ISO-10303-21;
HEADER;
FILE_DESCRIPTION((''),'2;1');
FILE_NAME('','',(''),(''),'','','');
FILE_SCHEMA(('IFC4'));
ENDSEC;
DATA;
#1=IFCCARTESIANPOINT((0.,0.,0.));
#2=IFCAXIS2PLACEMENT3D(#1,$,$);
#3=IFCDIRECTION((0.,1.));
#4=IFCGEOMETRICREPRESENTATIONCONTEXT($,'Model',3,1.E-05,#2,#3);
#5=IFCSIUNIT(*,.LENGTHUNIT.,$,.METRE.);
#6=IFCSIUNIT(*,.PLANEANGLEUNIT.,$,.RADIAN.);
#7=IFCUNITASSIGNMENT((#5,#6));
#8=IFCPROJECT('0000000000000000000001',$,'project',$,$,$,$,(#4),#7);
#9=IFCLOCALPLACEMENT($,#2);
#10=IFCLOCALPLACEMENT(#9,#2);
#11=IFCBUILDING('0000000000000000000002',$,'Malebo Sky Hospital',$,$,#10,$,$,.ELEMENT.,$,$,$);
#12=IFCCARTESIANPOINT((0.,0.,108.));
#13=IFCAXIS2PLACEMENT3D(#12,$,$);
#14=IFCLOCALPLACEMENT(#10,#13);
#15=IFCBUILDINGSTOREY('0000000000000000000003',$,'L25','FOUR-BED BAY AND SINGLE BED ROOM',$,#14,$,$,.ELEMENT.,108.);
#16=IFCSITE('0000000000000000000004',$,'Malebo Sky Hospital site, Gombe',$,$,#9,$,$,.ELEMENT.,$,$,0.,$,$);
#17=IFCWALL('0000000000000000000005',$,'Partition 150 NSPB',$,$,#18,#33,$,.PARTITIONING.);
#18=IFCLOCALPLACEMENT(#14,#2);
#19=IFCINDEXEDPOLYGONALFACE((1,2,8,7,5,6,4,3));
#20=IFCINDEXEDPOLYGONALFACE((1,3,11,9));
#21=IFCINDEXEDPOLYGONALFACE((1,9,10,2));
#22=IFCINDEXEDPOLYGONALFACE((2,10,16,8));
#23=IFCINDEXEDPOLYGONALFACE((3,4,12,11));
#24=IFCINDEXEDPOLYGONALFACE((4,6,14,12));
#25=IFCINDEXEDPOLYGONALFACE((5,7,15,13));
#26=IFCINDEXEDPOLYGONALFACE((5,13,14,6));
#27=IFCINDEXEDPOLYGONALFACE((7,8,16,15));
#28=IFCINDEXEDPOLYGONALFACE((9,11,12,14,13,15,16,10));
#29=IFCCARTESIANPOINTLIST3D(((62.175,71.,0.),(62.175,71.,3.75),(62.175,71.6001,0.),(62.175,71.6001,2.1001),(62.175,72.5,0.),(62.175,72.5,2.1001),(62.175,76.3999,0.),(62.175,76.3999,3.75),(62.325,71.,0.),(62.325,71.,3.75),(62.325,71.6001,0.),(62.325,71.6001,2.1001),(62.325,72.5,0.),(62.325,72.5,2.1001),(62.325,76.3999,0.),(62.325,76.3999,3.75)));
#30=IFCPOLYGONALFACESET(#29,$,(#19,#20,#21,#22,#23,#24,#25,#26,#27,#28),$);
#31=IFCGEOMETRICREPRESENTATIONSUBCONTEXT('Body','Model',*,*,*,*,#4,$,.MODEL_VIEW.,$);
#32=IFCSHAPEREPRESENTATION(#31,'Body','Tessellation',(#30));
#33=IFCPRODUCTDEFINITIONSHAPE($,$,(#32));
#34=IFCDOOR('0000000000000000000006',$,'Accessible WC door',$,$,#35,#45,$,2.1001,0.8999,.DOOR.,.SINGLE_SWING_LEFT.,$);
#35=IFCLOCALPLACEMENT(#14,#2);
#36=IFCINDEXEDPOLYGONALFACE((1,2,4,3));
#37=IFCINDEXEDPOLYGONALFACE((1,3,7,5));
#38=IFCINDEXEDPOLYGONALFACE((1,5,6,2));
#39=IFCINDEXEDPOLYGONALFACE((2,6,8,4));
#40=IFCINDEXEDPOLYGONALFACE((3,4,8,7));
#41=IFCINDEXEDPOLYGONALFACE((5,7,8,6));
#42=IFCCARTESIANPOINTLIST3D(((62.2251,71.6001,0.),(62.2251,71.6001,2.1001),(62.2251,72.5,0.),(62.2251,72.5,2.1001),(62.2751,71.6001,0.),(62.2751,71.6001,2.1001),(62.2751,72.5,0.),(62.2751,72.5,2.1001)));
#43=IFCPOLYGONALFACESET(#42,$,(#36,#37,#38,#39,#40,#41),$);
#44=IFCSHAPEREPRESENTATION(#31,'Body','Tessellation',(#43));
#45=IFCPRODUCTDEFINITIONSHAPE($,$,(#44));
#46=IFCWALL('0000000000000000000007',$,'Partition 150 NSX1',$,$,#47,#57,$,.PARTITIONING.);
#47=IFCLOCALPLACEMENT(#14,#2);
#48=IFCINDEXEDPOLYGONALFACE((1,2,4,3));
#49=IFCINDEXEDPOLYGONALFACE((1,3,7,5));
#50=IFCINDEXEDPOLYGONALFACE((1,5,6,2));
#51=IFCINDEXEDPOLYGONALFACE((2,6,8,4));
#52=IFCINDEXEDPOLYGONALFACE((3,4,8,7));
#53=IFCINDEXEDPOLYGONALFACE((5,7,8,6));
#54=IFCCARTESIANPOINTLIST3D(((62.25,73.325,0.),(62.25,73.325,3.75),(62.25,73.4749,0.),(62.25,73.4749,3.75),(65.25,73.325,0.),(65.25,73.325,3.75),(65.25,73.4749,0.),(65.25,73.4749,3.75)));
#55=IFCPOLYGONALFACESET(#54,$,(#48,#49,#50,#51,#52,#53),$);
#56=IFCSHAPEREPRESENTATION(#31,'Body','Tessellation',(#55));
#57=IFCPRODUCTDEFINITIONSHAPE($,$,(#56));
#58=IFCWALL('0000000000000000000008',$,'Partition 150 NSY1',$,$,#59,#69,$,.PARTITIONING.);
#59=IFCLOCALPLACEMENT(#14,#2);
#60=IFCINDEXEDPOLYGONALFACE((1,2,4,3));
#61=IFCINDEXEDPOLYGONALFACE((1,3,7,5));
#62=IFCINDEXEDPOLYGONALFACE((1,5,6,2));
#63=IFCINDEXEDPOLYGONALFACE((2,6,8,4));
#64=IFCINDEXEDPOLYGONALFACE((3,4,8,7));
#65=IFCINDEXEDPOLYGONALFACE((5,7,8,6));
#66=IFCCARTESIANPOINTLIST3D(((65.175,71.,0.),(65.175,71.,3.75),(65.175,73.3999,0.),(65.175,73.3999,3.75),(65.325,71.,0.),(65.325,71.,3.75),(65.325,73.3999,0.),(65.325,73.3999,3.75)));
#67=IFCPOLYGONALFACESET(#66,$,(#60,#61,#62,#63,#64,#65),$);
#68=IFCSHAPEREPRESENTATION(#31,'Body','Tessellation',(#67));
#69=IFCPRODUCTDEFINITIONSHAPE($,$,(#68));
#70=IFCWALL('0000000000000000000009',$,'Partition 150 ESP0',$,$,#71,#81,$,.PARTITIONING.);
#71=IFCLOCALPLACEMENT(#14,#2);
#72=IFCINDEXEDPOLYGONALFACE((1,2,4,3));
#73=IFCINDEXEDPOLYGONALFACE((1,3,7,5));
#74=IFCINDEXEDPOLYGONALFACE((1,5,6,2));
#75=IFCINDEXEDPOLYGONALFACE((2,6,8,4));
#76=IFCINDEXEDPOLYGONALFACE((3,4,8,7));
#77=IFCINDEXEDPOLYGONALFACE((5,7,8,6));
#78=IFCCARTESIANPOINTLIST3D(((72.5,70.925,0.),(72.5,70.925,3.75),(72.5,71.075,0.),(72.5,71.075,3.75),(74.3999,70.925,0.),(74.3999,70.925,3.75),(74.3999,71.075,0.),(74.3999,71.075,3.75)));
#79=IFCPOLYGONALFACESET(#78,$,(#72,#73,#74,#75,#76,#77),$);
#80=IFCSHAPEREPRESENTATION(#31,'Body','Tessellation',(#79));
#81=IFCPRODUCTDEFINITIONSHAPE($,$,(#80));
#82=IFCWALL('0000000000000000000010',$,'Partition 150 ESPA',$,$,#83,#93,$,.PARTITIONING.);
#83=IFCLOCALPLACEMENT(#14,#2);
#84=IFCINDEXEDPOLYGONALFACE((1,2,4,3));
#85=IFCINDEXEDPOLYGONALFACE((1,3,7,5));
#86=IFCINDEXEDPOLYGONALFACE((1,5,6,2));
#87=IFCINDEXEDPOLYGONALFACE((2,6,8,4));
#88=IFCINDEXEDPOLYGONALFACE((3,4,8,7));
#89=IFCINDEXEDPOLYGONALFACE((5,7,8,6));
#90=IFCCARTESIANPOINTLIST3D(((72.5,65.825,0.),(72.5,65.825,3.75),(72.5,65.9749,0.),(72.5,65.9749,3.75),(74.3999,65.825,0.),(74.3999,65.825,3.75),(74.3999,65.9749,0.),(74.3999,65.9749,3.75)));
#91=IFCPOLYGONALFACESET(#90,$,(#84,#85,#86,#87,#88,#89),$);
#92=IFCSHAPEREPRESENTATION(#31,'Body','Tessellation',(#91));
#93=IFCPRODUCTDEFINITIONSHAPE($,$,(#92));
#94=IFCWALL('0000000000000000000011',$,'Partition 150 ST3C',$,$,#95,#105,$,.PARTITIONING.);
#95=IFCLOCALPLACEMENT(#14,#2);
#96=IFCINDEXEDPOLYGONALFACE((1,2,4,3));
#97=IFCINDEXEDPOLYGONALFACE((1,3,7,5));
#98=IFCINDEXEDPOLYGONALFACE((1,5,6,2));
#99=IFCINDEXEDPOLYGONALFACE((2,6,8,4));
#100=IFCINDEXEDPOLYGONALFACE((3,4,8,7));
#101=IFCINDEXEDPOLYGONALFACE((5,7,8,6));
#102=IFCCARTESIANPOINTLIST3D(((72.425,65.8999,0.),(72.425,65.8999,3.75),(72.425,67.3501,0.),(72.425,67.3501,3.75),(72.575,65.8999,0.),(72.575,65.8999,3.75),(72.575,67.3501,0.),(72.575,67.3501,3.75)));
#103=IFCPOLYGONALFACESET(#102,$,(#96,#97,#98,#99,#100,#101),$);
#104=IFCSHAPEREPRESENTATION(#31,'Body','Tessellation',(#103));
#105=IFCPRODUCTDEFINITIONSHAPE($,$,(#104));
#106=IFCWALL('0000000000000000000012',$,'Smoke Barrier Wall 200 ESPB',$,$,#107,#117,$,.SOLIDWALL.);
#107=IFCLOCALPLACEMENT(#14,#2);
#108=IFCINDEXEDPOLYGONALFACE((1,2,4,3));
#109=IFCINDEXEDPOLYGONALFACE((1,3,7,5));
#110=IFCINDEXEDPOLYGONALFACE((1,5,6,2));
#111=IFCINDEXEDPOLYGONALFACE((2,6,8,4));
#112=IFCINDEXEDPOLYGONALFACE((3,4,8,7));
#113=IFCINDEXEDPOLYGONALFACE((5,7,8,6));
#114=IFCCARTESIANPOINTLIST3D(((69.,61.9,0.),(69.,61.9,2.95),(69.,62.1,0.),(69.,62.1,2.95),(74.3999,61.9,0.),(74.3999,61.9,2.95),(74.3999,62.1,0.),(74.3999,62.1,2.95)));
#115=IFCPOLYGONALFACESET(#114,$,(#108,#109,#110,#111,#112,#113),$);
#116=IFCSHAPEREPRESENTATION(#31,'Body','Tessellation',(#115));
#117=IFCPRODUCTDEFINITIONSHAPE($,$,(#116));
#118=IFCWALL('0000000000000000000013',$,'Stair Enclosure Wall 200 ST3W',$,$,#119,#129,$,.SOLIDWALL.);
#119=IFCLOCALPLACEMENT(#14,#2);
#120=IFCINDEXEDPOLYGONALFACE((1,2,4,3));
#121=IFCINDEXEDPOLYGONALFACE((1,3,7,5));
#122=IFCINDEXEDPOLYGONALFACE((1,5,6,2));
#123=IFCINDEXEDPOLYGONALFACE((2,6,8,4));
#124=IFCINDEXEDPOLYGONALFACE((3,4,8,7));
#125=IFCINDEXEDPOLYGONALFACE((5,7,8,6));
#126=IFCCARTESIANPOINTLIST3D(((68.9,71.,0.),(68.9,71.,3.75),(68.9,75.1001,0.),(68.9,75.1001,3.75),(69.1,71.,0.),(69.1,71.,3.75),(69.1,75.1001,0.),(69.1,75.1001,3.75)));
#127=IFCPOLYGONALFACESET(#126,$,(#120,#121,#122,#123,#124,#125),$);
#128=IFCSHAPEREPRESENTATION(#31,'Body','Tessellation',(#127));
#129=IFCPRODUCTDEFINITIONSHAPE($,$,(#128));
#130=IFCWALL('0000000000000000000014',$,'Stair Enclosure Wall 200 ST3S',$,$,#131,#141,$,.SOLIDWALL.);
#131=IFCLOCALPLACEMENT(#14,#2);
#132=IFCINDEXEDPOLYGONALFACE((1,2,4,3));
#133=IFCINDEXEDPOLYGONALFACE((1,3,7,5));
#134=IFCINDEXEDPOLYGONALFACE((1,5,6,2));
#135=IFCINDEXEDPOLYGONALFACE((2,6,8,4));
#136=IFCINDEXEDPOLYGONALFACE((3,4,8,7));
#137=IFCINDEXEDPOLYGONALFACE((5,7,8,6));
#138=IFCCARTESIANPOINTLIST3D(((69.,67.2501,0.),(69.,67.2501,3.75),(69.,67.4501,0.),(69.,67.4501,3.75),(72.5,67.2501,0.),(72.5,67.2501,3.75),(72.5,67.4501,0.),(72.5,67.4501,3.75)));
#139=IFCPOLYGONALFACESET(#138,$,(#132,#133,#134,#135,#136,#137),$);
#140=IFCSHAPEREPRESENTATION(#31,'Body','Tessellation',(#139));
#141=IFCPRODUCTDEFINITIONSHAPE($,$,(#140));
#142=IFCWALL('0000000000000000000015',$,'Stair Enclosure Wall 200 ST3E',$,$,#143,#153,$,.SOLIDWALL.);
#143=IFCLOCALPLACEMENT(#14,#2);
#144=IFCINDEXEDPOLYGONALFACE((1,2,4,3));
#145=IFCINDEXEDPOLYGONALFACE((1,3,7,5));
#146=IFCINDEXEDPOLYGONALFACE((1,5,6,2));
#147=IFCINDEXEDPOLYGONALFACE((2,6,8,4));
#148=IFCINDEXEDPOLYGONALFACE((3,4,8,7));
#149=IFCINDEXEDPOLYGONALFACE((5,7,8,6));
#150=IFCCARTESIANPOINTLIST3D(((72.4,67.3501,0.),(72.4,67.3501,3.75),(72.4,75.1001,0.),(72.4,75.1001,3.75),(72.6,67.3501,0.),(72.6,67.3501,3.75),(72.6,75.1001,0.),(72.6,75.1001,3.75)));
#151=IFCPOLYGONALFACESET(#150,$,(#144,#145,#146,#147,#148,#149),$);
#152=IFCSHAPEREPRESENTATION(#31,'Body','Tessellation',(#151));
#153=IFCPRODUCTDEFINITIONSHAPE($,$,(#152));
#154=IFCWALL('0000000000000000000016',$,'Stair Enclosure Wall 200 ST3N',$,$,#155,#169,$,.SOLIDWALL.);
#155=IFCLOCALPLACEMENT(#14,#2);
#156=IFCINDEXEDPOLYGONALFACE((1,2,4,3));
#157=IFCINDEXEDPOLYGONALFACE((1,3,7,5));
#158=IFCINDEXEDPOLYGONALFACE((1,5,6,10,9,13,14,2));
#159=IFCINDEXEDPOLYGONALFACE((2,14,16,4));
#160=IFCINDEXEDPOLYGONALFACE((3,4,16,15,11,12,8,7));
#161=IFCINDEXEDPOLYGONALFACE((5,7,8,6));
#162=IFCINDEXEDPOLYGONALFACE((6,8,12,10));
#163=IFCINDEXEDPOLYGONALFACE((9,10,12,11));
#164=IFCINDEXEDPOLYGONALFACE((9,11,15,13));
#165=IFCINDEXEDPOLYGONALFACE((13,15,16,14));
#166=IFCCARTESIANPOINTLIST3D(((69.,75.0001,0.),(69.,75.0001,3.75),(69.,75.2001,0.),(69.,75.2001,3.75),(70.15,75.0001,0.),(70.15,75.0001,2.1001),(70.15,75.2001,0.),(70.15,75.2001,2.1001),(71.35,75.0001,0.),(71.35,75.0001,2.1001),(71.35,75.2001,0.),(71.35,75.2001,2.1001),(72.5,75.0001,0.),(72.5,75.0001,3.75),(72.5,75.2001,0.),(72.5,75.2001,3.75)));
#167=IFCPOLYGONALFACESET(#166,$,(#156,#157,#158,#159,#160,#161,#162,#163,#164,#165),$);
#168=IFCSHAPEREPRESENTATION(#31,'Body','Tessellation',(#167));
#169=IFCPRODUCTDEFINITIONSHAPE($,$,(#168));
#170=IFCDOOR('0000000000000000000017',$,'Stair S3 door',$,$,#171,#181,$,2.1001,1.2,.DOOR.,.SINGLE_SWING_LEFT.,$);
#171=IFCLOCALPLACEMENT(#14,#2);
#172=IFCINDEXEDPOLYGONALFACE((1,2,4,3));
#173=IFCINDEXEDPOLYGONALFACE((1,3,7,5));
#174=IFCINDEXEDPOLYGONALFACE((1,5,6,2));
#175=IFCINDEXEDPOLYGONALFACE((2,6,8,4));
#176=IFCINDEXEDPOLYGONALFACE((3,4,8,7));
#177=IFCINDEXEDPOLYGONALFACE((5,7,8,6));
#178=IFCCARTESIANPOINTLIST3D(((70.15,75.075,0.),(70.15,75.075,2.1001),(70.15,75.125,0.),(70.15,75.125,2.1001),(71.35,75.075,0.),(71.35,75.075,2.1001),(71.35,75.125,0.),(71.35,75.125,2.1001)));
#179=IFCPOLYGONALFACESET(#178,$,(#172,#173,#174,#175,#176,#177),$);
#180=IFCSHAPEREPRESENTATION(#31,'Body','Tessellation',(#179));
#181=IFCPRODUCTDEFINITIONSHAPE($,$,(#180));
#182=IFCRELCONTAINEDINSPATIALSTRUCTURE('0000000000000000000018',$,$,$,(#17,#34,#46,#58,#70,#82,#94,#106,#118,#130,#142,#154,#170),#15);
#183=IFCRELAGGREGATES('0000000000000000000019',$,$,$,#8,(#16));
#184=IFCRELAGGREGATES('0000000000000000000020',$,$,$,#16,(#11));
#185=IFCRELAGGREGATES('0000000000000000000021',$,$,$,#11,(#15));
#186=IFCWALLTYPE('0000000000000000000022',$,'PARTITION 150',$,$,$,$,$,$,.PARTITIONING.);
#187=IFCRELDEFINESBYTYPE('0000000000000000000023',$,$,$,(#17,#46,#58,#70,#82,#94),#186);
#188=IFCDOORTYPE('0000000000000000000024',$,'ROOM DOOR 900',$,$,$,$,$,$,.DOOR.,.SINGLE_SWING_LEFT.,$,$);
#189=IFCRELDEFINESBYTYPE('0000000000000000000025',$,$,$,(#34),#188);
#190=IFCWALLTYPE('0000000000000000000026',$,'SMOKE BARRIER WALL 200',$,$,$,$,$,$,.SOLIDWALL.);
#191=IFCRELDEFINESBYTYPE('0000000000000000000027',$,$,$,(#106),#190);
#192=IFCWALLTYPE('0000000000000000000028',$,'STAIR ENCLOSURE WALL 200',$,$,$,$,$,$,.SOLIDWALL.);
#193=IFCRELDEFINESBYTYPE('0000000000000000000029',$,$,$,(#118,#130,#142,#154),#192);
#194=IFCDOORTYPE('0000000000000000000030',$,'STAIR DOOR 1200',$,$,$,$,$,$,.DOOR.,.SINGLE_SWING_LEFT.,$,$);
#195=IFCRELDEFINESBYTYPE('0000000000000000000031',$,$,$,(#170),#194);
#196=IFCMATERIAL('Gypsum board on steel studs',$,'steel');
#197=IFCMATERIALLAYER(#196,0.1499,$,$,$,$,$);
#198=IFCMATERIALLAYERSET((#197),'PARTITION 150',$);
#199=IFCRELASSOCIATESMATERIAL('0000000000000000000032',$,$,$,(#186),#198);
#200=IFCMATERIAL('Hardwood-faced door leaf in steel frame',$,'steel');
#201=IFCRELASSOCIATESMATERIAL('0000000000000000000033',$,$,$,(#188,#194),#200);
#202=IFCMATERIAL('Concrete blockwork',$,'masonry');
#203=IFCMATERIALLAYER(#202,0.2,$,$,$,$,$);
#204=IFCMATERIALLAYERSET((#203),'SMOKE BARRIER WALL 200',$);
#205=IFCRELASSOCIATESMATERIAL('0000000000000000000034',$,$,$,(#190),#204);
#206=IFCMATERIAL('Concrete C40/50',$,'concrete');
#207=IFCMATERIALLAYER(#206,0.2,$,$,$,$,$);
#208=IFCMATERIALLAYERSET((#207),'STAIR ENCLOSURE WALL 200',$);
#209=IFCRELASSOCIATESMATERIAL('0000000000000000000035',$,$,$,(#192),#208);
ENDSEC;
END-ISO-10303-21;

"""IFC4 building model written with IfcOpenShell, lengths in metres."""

from ifc_helpers import new_model, si_unit, direction, frame, frame_2d, origin, place, context, subcontext, project, spatial, rectangle, extrude, material, layer, layer_set, type_object, element, fill, save


model = new_model("IFC4")

# Units and contexts
model_context = context("Model", 3, precision=1e-05, world=origin(), true_north=direction((0.0, 1.0)))
body_context = subcontext(model_context, "Body", "Model", "MODEL_VIEW")
ifc_project = project(units=[si_unit("LENGTHUNIT", "METRE"), si_unit("PLANEANGLEUNIT", "RADIAN")], contexts=[model_context])

# Site, building, storey
site_placement = place(None, origin())
site = spatial("IfcSite", under=ifc_project, at=site_placement, Name="Malebo Sky Hospital site, Gombe", CompositionType="ELEMENT", RefElevation=0.0)
building_placement = place(site_placement, origin())
building = spatial("IfcBuilding", under=site, at=building_placement, Name="Malebo Sky Hospital", CompositionType="ELEMENT")
storey_placement = place(building_placement, frame((0.0, 0.0, 108.0)))
storey = spatial("IfcBuildingStorey", under=building, at=storey_placement, Name="L25", Description="FOUR-BED BAY AND SINGLE BED ROOM", CompositionType="ELEMENT", Elevation=108.0)

# Shared definitions
ifc_material_1 = material(Name="Gypsum board on steel studs", Category="steel")

# Wall, opening, door
ifc_layer_1 = layer(ifc_material_1, 0.1499)
ifc_layer_set_1 = layer_set([ifc_layer_1], Name="PARTITION 150")
wall_type_1 = type_object("IfcWallType", Name="PARTITION 150", PredefinedType="PARTITIONING", material=ifc_layer_set_1)
wall_1_placement = place(storey_placement, frame((62.25, 71.0, 0.0), z_axis=(0.0, 0.0, 1.0), x_axis=(0.0, 1.0, 0.0)))
wall_1 = element("IfcWall", 1, at=wall_1_placement, inside=storey, type_object=wall_type_1, Name="Partition 150 NSPB", PredefinedType="PARTITIONING", context=body_context, shape_type="SweptSolid", body=[
    extrude(rectangle(XDim=5.3999, YDim=0.1499, at=frame_2d((2.7, 0.0))), origin(), (0.0, 0.0, 1.0), 3.75),
])
opening_1_placement = place(wall_1_placement, frame((0.6001, 0.0, 0.0)))
opening_1 = element("IfcOpeningElement", 2, at=opening_1_placement, cuts=wall_1, PredefinedType="OPENING", context=body_context, shape_type="SweptSolid", body=[
    extrude(rectangle(XDim=0.8999, YDim=2.1001, at=frame_2d((0.45, 1.05))), frame((0.0, 0.085, 0.0), z_axis=(0.0, -1.0, 0.0), x_axis=(1.0, 0.0, 0.0)), (0.0, 0.0, 1.0), 0.1699),
])
ifc_material_2 = material(Name="Hardwood-faced door leaf in steel frame", Category="steel")
door_type_1 = type_object("IfcDoorType", Name="ROOM DOOR 900", OperationType="SINGLE_SWING_LEFT", PredefinedType="DOOR", material=ifc_material_2)
door_1_placement = place(opening_1_placement, origin())
door_1 = element("IfcDoor", 3, at=door_1_placement, inside=storey, type_object=door_type_1, Name="Accessible WC door", OperationType="SINGLE_SWING_LEFT", OverallHeight=2.1001, OverallWidth=0.8999, PredefinedType="DOOR", context=body_context, shape_type="SweptSolid", body=[
    extrude(rectangle(XDim=0.8999, YDim=2.1001, at=frame_2d((0.45, 1.05))), frame((0.0, 0.0249, 0.0), z_axis=(0.0, -1.0, 0.0), x_axis=(1.0, 0.0, 0.0)), (0.0, 0.0, 1.0), 0.05),
])
fill(opening_1, door_1)

# Walls
wall_2_placement = place(storey_placement, frame((62.25, 73.3999, 0.0), z_axis=(0.0, 0.0, 1.0), x_axis=(1.0, 0.0, 0.0)))
element("IfcWall", 4, at=wall_2_placement, inside=storey, type_object=wall_type_1, Name="Partition 150 NSX1", PredefinedType="PARTITIONING", context=body_context, shape_type="SweptSolid", body=[
    extrude(rectangle(XDim=3.0, YDim=0.1499, at=frame_2d((1.5, 0.0))), origin(), (0.0, 0.0, 1.0), 3.75),
])
wall_3_placement = place(storey_placement, frame((65.25, 71.0, 0.0), z_axis=(0.0, 0.0, 1.0), x_axis=(0.0, 1.0, 0.0)))
element("IfcWall", 5, at=wall_3_placement, inside=storey, type_object=wall_type_1, Name="Partition 150 NSY1", PredefinedType="PARTITIONING", context=body_context, shape_type="SweptSolid", body=[
    extrude(rectangle(XDim=2.3999, YDim=0.1499, at=frame_2d((1.2, 0.0))), origin(), (0.0, 0.0, 1.0), 3.75),
])
for number, where, z_axis, x_axis, name in (
    (6, (72.5, 71.0, 0.0), (0.0, 0.0, 1.0), (1.0, 0.0, 0.0), "Partition 150 ESP0"),
    (7, (72.5, 65.8999, 0.0), (0.0, 0.0, 1.0), (1.0, 0.0, 0.0), "Partition 150 ESPA"),
):
    element("IfcWall", number, at=place(storey_placement, frame(where, z_axis=z_axis, x_axis=x_axis)), inside=storey, type_object=wall_type_1, Name=name, PredefinedType="PARTITIONING", context=body_context, shape_type="SweptSolid", body=[
        extrude(rectangle(XDim=1.8999, YDim=0.1499, at=frame_2d((0.95, 0.0))), origin(), (0.0, 0.0, 1.0), 3.75),
    ])
wall_4_placement = place(storey_placement, frame((72.5, 65.8999, 0.0), z_axis=(0.0, 0.0, 1.0), x_axis=(0.0, 1.0, 0.0)))
element("IfcWall", 8, at=wall_4_placement, inside=storey, type_object=wall_type_1, Name="Partition 150 ST3C", PredefinedType="PARTITIONING", context=body_context, shape_type="SweptSolid", body=[
    extrude(rectangle(XDim=1.4502, YDim=0.1499, at=frame_2d((0.7251, 0.0))), origin(), (0.0, 0.0, 1.0), 3.75),
])
ifc_material_3 = material(Name="Concrete blockwork", Category="masonry")
ifc_layer_2 = layer(ifc_material_3, 0.2)
ifc_layer_set_2 = layer_set([ifc_layer_2], Name="SMOKE BARRIER WALL 200")
wall_type_2 = type_object("IfcWallType", Name="SMOKE BARRIER WALL 200", PredefinedType="SOLIDWALL", material=ifc_layer_set_2)
wall_5_placement = place(storey_placement, frame((69.0, 62.0, 0.0), z_axis=(0.0, 0.0, 1.0), x_axis=(1.0, 0.0, 0.0)))
element("IfcWall", 9, at=wall_5_placement, inside=storey, type_object=wall_type_2, Name="Smoke Barrier Wall 200 ESPB", PredefinedType="SOLIDWALL", context=body_context, shape_type="SweptSolid", body=[
    extrude(rectangle(XDim=5.3999, YDim=0.2, at=frame_2d((2.7, 0.0))), origin(), (0.0, 0.0, 1.0), 2.95),
])
ifc_material_4 = material(Name="Concrete C40/50", Category="concrete")
ifc_layer_3 = layer(ifc_material_4, 0.2)
ifc_layer_set_3 = layer_set([ifc_layer_3], Name="STAIR ENCLOSURE WALL 200")
wall_type_3 = type_object("IfcWallType", Name="STAIR ENCLOSURE WALL 200", PredefinedType="SOLIDWALL", material=ifc_layer_set_3)
wall_6_placement = place(storey_placement, frame((69.0, 71.0, 0.0), z_axis=(0.0, 0.0, 1.0), x_axis=(0.0, 1.0, 0.0)))
element("IfcWall", 10, at=wall_6_placement, inside=storey, type_object=wall_type_3, Name="Stair Enclosure Wall 200 ST3W", PredefinedType="SOLIDWALL", context=body_context, shape_type="SweptSolid", body=[
    extrude(rectangle(XDim=4.1001, YDim=0.2, at=frame_2d((2.05, 0.0))), origin(), (0.0, 0.0, 1.0), 3.75),
])
wall_7_placement = place(storey_placement, frame((69.0, 67.3501, 0.0), z_axis=(0.0, 0.0, 1.0), x_axis=(1.0, 0.0, 0.0)))
element("IfcWall", 11, at=wall_7_placement, inside=storey, type_object=wall_type_3, Name="Stair Enclosure Wall 200 ST3S", PredefinedType="SOLIDWALL", context=body_context, shape_type="SweptSolid", body=[
    extrude(rectangle(XDim=3.5, YDim=0.2, at=frame_2d((1.75, 0.0))), origin(), (0.0, 0.0, 1.0), 3.75),
])
wall_8_placement = place(storey_placement, frame((72.5, 67.3501, 0.0), z_axis=(0.0, 0.0, 1.0), x_axis=(0.0, 1.0, 0.0)))
element("IfcWall", 12, at=wall_8_placement, inside=storey, type_object=wall_type_3, Name="Stair Enclosure Wall 200 ST3E", PredefinedType="SOLIDWALL", context=body_context, shape_type="SweptSolid", body=[
    extrude(rectangle(XDim=7.75, YDim=0.2, at=frame_2d((3.875, 0.0))), origin(), (0.0, 0.0, 1.0), 3.75),
])

# Wall, opening, door
wall_9_placement = place(storey_placement, frame((69.0, 75.1001, 0.0), z_axis=(0.0, 0.0, 1.0), x_axis=(1.0, 0.0, 0.0)))
wall_9 = element("IfcWall", 13, at=wall_9_placement, inside=storey, type_object=wall_type_3, Name="Stair Enclosure Wall 200 ST3N", PredefinedType="SOLIDWALL", context=body_context, shape_type="SweptSolid", body=[
    extrude(rectangle(XDim=3.5, YDim=0.2, at=frame_2d((1.75, 0.0))), origin(), (0.0, 0.0, 1.0), 3.75),
])
opening_2_placement = place(wall_9_placement, frame((1.1499, 0.0, 0.0)))
opening_2 = element("IfcOpeningElement", 14, at=opening_2_placement, cuts=wall_9, PredefinedType="OPENING", context=body_context, shape_type="SweptSolid", body=[
    extrude(rectangle(XDim=1.2, YDim=2.1001, at=frame_2d((0.6001, 1.05))), frame((0.0, 0.1099, 0.0), z_axis=(0.0, -1.0, 0.0), x_axis=(1.0, 0.0, 0.0)), (0.0, 0.0, 1.0), 0.22),
])
door_type_2 = type_object("IfcDoorType", Name="STAIR DOOR 1200", OperationType="SINGLE_SWING_LEFT", PredefinedType="DOOR", material=ifc_material_2)
door_2_placement = place(opening_2_placement, origin())
door_2 = element("IfcDoor", 15, at=door_2_placement, inside=storey, type_object=door_type_2, Name="Stair S3 door", OperationType="SINGLE_SWING_LEFT", OverallHeight=2.1001, OverallWidth=1.2, PredefinedType="DOOR", context=body_context, shape_type="SweptSolid", body=[
    extrude(rectangle(XDim=1.2, YDim=2.1001, at=frame_2d((0.6001, 1.05))), frame((0.0, 0.0249, 0.0), z_axis=(0.0, -1.0, 0.0), x_axis=(1.0, 0.0, 0.0)), (0.0, 0.0, 1.0), 0.05),
])
fill(opening_2, door_2)

save(model, "model.ifc")
